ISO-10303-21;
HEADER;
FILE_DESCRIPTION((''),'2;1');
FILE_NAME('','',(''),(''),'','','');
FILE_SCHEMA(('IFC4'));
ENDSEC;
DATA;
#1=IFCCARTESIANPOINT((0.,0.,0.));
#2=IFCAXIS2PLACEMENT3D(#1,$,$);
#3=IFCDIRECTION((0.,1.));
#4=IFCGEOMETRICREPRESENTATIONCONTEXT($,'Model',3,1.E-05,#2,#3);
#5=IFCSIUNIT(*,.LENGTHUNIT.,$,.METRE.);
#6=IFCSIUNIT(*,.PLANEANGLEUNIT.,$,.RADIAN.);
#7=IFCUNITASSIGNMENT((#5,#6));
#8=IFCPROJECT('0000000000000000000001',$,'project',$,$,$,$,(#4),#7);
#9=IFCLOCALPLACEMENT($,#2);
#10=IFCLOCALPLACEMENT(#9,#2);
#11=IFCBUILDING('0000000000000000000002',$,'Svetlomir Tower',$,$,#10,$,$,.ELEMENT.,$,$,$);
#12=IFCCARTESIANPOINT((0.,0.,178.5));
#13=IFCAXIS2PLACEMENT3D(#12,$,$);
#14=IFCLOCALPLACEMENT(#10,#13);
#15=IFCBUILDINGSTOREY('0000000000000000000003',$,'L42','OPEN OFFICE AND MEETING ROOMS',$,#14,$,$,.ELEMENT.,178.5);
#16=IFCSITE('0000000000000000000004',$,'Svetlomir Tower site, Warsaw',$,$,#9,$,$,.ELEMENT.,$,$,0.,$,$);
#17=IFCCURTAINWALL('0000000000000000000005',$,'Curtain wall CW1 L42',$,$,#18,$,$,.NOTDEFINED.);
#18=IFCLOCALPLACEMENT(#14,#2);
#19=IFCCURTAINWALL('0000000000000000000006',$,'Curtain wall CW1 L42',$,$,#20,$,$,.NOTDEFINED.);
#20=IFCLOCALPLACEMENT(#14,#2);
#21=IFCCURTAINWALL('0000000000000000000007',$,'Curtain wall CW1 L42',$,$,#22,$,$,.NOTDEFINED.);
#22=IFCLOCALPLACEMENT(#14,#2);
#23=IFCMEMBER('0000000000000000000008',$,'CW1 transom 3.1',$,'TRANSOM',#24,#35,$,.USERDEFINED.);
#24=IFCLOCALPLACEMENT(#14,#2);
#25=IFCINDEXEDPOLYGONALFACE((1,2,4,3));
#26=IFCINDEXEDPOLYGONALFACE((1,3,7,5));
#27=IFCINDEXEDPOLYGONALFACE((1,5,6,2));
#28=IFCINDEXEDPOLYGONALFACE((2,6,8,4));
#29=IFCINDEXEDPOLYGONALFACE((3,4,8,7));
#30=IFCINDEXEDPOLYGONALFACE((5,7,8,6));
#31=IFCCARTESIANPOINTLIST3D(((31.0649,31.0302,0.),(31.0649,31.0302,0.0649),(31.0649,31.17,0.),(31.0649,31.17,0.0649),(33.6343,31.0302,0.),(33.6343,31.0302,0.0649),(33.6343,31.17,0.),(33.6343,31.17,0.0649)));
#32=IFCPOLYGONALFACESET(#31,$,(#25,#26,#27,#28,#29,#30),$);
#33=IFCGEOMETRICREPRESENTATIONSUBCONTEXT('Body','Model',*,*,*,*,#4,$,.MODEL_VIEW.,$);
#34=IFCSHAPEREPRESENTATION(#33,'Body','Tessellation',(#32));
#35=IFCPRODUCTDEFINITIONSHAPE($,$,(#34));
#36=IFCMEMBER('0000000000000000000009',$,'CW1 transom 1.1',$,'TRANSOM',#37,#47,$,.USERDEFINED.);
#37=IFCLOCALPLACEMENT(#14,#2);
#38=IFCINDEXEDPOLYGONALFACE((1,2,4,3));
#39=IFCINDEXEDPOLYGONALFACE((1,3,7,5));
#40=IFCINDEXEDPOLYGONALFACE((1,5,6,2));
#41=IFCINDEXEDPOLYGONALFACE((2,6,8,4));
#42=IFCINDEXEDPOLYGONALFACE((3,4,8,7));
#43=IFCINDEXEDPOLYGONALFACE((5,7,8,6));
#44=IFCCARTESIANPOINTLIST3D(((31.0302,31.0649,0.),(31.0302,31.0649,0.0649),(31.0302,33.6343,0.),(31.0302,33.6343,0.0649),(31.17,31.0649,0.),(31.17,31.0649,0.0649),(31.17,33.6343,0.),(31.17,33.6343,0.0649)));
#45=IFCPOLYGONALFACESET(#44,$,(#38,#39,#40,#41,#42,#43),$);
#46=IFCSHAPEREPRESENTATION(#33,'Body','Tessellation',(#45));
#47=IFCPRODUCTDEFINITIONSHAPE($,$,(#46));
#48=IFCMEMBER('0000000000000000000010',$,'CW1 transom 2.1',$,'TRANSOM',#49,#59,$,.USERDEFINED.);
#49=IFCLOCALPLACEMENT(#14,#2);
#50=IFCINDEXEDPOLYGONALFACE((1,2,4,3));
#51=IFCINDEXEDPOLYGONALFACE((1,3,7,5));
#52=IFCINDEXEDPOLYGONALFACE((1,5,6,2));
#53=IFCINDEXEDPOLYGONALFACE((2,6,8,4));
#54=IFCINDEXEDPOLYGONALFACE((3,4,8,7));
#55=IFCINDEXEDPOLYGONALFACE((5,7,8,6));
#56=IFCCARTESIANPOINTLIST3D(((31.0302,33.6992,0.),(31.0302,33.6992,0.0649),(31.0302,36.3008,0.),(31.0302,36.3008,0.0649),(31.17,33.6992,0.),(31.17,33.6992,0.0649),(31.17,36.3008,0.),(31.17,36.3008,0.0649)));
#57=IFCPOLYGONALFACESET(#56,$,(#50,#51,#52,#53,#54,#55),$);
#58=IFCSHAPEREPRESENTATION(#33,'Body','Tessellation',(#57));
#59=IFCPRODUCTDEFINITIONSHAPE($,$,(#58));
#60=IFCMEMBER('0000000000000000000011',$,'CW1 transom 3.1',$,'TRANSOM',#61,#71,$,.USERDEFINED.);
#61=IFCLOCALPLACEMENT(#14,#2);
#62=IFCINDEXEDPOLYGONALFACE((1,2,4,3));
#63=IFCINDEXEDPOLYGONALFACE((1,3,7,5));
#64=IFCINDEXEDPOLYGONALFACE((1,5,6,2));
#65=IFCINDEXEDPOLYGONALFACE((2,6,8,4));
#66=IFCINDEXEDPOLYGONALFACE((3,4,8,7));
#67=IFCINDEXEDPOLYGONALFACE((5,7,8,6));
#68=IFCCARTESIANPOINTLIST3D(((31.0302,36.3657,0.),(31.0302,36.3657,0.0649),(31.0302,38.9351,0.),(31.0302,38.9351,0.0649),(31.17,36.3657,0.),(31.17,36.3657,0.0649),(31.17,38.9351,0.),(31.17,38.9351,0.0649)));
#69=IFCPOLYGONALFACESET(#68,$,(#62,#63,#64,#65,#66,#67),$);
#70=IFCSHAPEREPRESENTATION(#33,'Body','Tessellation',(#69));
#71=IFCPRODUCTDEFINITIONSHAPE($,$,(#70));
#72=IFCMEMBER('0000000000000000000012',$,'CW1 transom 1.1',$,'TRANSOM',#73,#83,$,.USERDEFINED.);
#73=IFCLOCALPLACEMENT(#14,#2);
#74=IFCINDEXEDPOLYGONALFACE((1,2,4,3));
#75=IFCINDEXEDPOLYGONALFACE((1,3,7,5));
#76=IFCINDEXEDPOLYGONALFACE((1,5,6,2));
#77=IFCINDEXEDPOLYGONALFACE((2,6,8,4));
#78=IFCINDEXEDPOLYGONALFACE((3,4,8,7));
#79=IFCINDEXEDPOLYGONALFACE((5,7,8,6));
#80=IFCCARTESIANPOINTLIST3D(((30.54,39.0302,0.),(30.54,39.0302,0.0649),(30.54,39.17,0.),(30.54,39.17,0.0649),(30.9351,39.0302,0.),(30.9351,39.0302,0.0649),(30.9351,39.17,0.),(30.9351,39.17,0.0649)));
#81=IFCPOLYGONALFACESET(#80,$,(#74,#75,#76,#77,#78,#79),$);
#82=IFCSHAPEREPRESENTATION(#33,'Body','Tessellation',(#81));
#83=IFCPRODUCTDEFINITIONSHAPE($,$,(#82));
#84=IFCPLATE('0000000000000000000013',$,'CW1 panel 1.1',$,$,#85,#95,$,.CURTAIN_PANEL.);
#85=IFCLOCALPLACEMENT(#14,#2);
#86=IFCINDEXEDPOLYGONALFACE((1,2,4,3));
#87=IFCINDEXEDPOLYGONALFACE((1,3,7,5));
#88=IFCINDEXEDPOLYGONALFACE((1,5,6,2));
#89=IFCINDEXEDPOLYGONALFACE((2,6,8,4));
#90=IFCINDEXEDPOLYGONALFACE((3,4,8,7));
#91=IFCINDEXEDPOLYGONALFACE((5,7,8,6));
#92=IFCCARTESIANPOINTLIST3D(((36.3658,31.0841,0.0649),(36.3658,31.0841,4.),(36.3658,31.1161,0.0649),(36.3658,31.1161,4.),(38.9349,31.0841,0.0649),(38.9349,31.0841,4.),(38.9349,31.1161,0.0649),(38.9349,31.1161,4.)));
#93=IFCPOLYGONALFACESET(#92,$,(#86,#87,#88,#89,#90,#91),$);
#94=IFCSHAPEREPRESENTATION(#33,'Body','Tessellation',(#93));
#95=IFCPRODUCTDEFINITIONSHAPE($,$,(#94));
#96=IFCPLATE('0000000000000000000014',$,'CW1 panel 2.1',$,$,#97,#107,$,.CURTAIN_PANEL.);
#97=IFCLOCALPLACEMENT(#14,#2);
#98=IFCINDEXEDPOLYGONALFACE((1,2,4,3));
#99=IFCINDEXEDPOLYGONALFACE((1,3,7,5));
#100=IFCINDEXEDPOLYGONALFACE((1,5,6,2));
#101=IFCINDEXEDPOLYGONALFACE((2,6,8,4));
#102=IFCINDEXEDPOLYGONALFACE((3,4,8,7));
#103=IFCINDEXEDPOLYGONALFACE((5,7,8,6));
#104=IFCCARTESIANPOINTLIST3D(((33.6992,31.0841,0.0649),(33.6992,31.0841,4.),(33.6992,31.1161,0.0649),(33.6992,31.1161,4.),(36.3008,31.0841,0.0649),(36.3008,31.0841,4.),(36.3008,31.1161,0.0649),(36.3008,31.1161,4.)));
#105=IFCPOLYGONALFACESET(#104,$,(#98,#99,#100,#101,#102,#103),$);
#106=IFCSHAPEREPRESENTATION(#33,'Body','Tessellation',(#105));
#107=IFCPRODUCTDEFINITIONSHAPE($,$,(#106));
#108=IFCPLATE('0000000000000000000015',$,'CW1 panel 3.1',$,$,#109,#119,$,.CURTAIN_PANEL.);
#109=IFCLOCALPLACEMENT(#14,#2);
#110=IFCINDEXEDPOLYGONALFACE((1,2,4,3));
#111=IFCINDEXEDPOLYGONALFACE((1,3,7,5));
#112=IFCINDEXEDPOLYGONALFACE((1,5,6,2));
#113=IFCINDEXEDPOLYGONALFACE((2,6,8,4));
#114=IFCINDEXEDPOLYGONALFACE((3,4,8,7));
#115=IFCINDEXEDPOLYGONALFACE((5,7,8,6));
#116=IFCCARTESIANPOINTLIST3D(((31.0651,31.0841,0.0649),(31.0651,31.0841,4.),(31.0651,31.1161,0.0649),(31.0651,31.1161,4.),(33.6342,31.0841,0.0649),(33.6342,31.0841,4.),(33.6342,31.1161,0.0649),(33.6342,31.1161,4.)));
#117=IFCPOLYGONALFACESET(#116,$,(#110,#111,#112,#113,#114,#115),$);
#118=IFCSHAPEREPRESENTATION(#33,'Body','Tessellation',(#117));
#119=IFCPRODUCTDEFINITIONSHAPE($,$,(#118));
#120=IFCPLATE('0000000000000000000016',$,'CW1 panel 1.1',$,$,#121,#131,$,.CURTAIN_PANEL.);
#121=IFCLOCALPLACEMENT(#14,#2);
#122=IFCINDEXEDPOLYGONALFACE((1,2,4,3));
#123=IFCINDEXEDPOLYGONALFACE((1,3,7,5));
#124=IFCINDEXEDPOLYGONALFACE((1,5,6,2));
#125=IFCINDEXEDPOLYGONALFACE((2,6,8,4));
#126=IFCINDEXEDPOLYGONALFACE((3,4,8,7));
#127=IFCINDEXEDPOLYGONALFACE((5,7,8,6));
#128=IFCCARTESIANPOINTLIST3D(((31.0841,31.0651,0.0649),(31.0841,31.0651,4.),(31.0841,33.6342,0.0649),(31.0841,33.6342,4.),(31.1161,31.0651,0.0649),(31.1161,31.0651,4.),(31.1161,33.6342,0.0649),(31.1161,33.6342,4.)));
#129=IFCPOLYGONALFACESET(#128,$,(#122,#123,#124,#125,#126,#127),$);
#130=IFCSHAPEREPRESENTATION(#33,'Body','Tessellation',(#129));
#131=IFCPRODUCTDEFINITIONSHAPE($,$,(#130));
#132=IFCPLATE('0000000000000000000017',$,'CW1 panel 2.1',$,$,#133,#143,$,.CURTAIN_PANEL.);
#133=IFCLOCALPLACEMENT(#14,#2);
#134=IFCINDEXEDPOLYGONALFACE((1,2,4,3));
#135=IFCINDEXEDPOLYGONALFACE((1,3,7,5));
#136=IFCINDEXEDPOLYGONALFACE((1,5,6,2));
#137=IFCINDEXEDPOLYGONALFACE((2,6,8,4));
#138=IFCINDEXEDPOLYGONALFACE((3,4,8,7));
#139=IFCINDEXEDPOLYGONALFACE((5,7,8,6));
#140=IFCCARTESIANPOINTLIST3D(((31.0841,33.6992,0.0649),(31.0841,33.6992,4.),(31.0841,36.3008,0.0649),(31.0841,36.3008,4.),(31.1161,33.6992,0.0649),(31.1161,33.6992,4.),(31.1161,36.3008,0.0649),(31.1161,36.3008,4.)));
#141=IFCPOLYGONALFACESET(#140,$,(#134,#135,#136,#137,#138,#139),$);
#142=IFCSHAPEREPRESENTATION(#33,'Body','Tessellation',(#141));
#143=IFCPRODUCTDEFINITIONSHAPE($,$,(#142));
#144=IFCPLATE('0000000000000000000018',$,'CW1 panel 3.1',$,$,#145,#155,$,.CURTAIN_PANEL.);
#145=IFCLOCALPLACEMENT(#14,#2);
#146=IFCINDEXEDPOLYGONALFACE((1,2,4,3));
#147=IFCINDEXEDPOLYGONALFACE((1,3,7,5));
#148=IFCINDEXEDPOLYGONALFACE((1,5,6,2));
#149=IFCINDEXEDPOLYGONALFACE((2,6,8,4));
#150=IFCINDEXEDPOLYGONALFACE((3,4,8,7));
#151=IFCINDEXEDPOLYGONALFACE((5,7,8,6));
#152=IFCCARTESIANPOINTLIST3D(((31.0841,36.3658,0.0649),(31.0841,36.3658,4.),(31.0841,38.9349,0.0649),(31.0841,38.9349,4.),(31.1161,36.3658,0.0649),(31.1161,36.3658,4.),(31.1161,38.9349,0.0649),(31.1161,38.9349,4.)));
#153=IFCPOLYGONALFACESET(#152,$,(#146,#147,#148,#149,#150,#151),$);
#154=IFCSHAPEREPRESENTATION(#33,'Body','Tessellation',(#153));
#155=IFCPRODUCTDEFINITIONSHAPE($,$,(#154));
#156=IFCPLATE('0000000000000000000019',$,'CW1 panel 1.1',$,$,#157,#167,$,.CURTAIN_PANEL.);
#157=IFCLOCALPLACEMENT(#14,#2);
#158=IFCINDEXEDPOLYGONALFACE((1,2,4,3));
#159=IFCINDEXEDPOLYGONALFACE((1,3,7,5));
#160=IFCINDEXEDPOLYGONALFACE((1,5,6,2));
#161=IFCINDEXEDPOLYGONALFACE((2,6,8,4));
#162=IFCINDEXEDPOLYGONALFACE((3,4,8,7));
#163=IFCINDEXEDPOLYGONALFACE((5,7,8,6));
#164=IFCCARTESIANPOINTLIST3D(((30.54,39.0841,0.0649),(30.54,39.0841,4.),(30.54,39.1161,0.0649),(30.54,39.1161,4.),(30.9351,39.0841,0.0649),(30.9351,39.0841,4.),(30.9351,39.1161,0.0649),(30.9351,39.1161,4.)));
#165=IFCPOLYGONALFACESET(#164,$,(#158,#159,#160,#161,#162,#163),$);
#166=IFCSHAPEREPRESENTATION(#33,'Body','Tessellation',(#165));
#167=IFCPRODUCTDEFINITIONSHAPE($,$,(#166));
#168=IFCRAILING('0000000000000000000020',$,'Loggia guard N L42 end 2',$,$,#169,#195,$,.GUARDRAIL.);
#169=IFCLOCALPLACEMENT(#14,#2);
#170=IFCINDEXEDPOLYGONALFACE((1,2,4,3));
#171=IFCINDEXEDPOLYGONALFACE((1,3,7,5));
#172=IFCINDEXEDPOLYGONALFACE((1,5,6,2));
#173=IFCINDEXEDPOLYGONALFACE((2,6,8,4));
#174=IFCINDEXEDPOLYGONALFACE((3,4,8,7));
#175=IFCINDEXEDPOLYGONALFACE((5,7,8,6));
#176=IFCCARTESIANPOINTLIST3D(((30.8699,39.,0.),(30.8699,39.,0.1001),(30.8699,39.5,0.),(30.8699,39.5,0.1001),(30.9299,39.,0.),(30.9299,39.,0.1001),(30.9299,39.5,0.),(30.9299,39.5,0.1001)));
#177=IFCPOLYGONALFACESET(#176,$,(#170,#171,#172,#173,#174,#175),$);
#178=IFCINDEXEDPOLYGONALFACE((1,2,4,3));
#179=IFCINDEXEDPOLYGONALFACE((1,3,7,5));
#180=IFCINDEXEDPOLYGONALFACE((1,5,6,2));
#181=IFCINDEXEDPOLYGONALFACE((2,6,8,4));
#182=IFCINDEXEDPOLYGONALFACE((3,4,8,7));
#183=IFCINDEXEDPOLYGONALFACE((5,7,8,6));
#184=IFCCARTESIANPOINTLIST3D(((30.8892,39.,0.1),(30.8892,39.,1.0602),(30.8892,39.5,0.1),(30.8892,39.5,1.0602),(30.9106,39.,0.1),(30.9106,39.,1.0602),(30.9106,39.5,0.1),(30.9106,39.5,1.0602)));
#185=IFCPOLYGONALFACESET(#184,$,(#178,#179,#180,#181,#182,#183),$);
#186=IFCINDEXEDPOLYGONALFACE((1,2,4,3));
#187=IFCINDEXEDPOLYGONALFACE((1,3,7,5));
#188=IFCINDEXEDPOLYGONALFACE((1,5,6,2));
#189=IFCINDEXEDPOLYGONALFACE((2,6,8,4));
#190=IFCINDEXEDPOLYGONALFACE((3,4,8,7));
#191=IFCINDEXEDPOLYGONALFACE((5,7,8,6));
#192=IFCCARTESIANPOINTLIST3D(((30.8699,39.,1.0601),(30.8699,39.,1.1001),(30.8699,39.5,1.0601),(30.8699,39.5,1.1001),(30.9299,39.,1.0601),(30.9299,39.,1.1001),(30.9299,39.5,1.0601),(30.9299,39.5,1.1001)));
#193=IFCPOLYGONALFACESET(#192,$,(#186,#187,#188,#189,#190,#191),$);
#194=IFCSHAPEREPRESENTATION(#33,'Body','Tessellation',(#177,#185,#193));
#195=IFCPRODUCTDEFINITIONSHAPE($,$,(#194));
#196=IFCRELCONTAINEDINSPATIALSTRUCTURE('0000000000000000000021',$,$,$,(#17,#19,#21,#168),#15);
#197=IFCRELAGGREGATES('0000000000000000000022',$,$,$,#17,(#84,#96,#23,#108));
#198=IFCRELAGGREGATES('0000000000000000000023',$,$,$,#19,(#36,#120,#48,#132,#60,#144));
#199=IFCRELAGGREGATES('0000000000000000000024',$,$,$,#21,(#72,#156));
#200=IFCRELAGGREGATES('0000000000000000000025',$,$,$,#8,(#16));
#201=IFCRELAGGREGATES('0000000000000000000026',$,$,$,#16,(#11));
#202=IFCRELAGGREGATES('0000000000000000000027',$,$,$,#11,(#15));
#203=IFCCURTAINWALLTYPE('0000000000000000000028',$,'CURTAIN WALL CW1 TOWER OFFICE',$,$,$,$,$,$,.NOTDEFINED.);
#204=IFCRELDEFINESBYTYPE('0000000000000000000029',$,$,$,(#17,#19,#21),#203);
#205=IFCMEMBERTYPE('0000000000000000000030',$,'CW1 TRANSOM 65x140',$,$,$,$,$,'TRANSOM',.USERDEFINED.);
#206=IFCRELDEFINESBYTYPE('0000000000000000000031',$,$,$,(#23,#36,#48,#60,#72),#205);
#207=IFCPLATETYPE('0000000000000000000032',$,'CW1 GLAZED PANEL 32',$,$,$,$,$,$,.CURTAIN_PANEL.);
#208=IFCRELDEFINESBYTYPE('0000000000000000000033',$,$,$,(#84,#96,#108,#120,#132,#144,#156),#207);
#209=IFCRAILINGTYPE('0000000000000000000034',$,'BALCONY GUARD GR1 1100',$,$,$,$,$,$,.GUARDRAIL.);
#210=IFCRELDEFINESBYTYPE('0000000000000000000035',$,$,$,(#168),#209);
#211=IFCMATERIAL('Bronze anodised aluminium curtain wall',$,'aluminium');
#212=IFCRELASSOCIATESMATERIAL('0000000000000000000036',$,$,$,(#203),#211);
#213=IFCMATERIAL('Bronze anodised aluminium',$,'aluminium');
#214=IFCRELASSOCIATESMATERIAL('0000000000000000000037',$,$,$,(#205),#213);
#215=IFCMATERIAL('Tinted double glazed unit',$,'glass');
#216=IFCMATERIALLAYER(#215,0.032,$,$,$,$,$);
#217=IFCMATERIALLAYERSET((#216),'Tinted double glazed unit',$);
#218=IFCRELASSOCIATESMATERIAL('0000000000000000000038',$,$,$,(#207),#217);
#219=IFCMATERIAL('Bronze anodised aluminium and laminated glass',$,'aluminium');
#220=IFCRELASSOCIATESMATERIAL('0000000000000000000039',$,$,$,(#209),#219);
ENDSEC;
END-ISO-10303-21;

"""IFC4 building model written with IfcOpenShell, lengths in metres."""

from ifc_helpers import new_model, si_unit, direction, frame, origin, origin_2d, place, context, subcontext, project, spatial, rectangle, extrude, material, layer, layer_set, material_profile, profile_set, type_object, element, aggregate, save


model = new_model("IFC4")

# Units and contexts
model_context = context("Model", 3, precision=1e-05, world=origin(), true_north=direction((0.0, 1.0)))
body_context = subcontext(model_context, "Body", "Model", "MODEL_VIEW")
ifc_project = project(units=[si_unit("LENGTHUNIT", "METRE"), si_unit("PLANEANGLEUNIT", "RADIAN")], contexts=[model_context])

# Site, building, storey
site_placement = place(None, origin())
site = spatial("IfcSite", under=ifc_project, at=site_placement, Name="Svetlomir Tower site, Warsaw", CompositionType="ELEMENT", RefElevation=0.0)
building_placement = place(site_placement, origin())
building = spatial("IfcBuilding", under=site, at=building_placement, Name="Svetlomir Tower", CompositionType="ELEMENT")
storey_placement = place(building_placement, frame((0.0, 0.0, 178.5)))
storey = spatial("IfcBuildingStorey", under=building, at=storey_placement, Name="L42", Description="OPEN OFFICE AND MEETING ROOMS", CompositionType="ELEMENT", Elevation=178.5)

# Curtain walls
ifc_material_1 = material(Name="Bronze anodised aluminium curtain wall", Category="aluminium")
curtain_wall_type = type_object("IfcCurtainWallType", Name="CURTAIN WALL CW1 TOWER OFFICE", PredefinedType="NOTDEFINED", material=ifc_material_1)
curtain_wall_1_placement = place(storey_placement, origin())
curtain_wall_1 = element("IfcCurtainWall", 1, at=curtain_wall_1_placement, inside=storey, type_object=curtain_wall_type, Name="Curtain wall CW1 L42", PredefinedType="NOTDEFINED")
curtain_wall_2_placement = place(storey_placement, origin())
curtain_wall_2 = element("IfcCurtainWall", 2, at=curtain_wall_2_placement, inside=storey, type_object=curtain_wall_type, Name="Curtain wall CW1 L42", PredefinedType="NOTDEFINED")

# Curtain wall
curtain_wall_3_placement = place(storey_placement, origin())
curtain_wall_3 = element("IfcCurtainWall", 3, at=curtain_wall_3_placement, inside=storey, type_object=curtain_wall_type, Name="Curtain wall CW1 L42", PredefinedType="NOTDEFINED")

# Members
ifc_material_2 = material(Name="Bronze anodised aluminium", Category="aluminium")
ifc_material_profile_1 = material_profile(ifc_material_2, rectangle(XDim=0.1399, YDim=0.0649, at=origin_2d()), Name="AL 140x65")
ifc_profile_set_1 = profile_set([ifc_material_profile_1], Name="Bronze anodised aluminium 6063-T6")
member_type_1 = type_object("IfcMemberType", Name="CW1 TRANSOM 65x140", ElementType="TRANSOM", PredefinedType="USERDEFINED", material=ifc_profile_set_1)
member_1_placement = place(storey_placement, frame((33.6343, 31.1001, 0.0325), z_axis=(-1.0, 0.0, 0.0), x_axis=(0.0, -1.0, 0.0)))
member_1 = element("IfcMember", 4, at=member_1_placement, type_object=member_type_1, Name="CW1 transom 3.1", ObjectType="TRANSOM", PredefinedType="USERDEFINED", context=body_context, shape_type="SweptSolid", body=[
    extrude(rectangle(XDim=0.1399, YDim=0.0649, at=origin_2d()), origin(), (0.0, 0.0, 1.0), 2.5693),
])
member_2_placement = place(storey_placement, frame((31.1001, 31.0649, 0.0325), z_axis=(0.0, 1.0, 0.0), x_axis=(-1.0, 0.0, 0.0)))
member_2 = element("IfcMember", 5, at=member_2_placement, type_object=member_type_1, Name="CW1 transom 1.1", ObjectType="TRANSOM", PredefinedType="USERDEFINED", context=body_context, shape_type="SweptSolid", body=[
    extrude(rectangle(XDim=0.1399, YDim=0.0649, at=origin_2d()), origin(), (0.0, 0.0, 1.0), 2.5693),
])
member_3_placement = place(storey_placement, frame((31.1001, 33.6992, 0.0325), z_axis=(0.0, 1.0, 0.0), x_axis=(-1.0, 0.0, 0.0)))
member_3 = element("IfcMember", 6, at=member_3_placement, type_object=member_type_1, Name="CW1 transom 2.1", ObjectType="TRANSOM", PredefinedType="USERDEFINED", context=body_context, shape_type="SweptSolid", body=[
    extrude(rectangle(XDim=0.1399, YDim=0.0649, at=origin_2d()), origin(), (0.0, 0.0, 1.0), 2.6016),
])
member_4_placement = place(storey_placement, frame((31.1001, 36.3657, 0.0325), z_axis=(0.0, 1.0, 0.0), x_axis=(-1.0, 0.0, 0.0)))
member_4 = element("IfcMember", 7, at=member_4_placement, type_object=member_type_1, Name="CW1 transom 3.1", ObjectType="TRANSOM", PredefinedType="USERDEFINED", context=body_context, shape_type="SweptSolid", body=[
    extrude(rectangle(XDim=0.1399, YDim=0.0649, at=origin_2d()), origin(), (0.0, 0.0, 1.0), 2.5693),
])
member_5_placement = place(storey_placement, frame((30.9351, 39.1001, 0.0325), z_axis=(-1.0, 0.0, 0.0), x_axis=(0.0, -1.0, 0.0)))
member_5 = element("IfcMember", 8, at=member_5_placement, type_object=member_type_1, Name="CW1 transom 1.1", ObjectType="TRANSOM", PredefinedType="USERDEFINED", context=body_context, shape_type="SweptSolid", body=[
    extrude(rectangle(XDim=0.1399, YDim=0.0649, at=origin_2d()), origin(), (0.0, 0.0, 1.0), 0.395),
])

# Plates
ifc_material_3 = material(Name="Tinted double glazed unit", Category="glass")
ifc_layer = layer(ifc_material_3, 0.032)
ifc_layer_set = layer_set([ifc_layer], Name="Tinted double glazed unit")
plate_type = type_object("IfcPlateType", Name="CW1 GLAZED PANEL 32", PredefinedType="CURTAIN_PANEL", material=ifc_layer_set)
plate_1_placement = place(storey_placement, frame((37.6504, 31.1001, 0.0649), z_axis=(0.0, 0.0, 1.0), x_axis=(-1.0, 0.0, 0.0)))
plate_1 = element("IfcPlate", 9, at=plate_1_placement, type_object=plate_type, Name="CW1 panel 1.1", PredefinedType="CURTAIN_PANEL", context=body_context, shape_type="SweptSolid", body=[
    extrude(rectangle(XDim=2.5691, YDim=0.032, at=origin_2d()), origin(), (0.0, 0.0, 1.0), 3.9351),
])
plate_2_placement = place(storey_placement, frame((35.0, 31.1001, 0.0649), z_axis=(0.0, 0.0, 1.0), x_axis=(-1.0, 0.0, 0.0)))
plate_2 = element("IfcPlate", 10, at=plate_2_placement, type_object=plate_type, Name="CW1 panel 2.1", PredefinedType="CURTAIN_PANEL", context=body_context, shape_type="SweptSolid", body=[
    extrude(rectangle(XDim=2.6016, YDim=0.032, at=origin_2d()), origin(), (0.0, 0.0, 1.0), 3.9351),
])
plate_3_placement = place(storey_placement, frame((32.3496, 31.1001, 0.0649), z_axis=(0.0, 0.0, 1.0), x_axis=(-1.0, 0.0, 0.0)))
plate_3 = element("IfcPlate", 11, at=plate_3_placement, type_object=plate_type, Name="CW1 panel 3.1", PredefinedType="CURTAIN_PANEL", context=body_context, shape_type="SweptSolid", body=[
    extrude(rectangle(XDim=2.5691, YDim=0.032, at=origin_2d()), origin(), (0.0, 0.0, 1.0), 3.9351),
])
aggregate(curtain_wall_1, [plate_1, plate_2, member_1, plate_3])
plate_4_placement = place(storey_placement, frame((31.1001, 32.3496, 0.0649), z_axis=(0.0, 0.0, 1.0), x_axis=(0.0, 1.0, 0.0)))
plate_4 = element("IfcPlate", 12, at=plate_4_placement, type_object=plate_type, Name="CW1 panel 1.1", PredefinedType="CURTAIN_PANEL", context=body_context, shape_type="SweptSolid", body=[
    extrude(rectangle(XDim=2.5691, YDim=0.032, at=origin_2d()), origin(), (0.0, 0.0, 1.0), 3.9351),
])
plate_5_placement = place(storey_placement, frame((31.1001, 35.0, 0.0649), z_axis=(0.0, 0.0, 1.0), x_axis=(0.0, 1.0, 0.0)))
plate_5 = element("IfcPlate", 13, at=plate_5_placement, type_object=plate_type, Name="CW1 panel 2.1", PredefinedType="CURTAIN_PANEL", context=body_context, shape_type="SweptSolid", body=[
    extrude(rectangle(XDim=2.6016, YDim=0.032, at=origin_2d()), origin(), (0.0, 0.0, 1.0), 3.9351),
])
plate_6_placement = place(storey_placement, frame((31.1001, 37.6504, 0.0649), z_axis=(0.0, 0.0, 1.0), x_axis=(0.0, 1.0, 0.0)))
plate_6 = element("IfcPlate", 14, at=plate_6_placement, type_object=plate_type, Name="CW1 panel 3.1", PredefinedType="CURTAIN_PANEL", context=body_context, shape_type="SweptSolid", body=[
    extrude(rectangle(XDim=2.5691, YDim=0.032, at=origin_2d()), origin(), (0.0, 0.0, 1.0), 3.9351),
])
aggregate(curtain_wall_2, [member_2, plate_4, member_3, plate_5, member_4, plate_6])
plate_7_placement = place(storey_placement, frame((30.7375, 39.1001, 0.0649), z_axis=(0.0, 0.0, 1.0), x_axis=(-1.0, 0.0, 0.0)))
plate_7 = element("IfcPlate", 15, at=plate_7_placement, type_object=plate_type, Name="CW1 panel 1.1", PredefinedType="CURTAIN_PANEL", context=body_context, shape_type="SweptSolid", body=[
    extrude(rectangle(XDim=0.395, YDim=0.032, at=origin_2d()), origin(), (0.0, 0.0, 1.0), 3.9351),
])
aggregate(curtain_wall_3, [member_5, plate_7])

# Railing
ifc_material_4 = material(Name="Bronze anodised aluminium and laminated glass", Category="aluminium")
railing_type = type_object("IfcRailingType", Name="BALCONY GUARD GR1 1100", PredefinedType="GUARDRAIL", material=ifc_material_4)
railing_placement = place(storey_placement, frame((30.8999, 39.5, 0.0)))
element("IfcRailing", 16, at=railing_placement, inside=storey, type_object=railing_type, Name="Loggia guard N L42 end 2", PredefinedType="GUARDRAIL", context=body_context, shape_type="SweptSolid", body=[
    extrude(rectangle(XDim=0.0601, YDim=0.1001, at=origin_2d()), frame((0.0, 0.0, 0.05), z_axis=(0.0, -1.0, 0.0), x_axis=(1.0, 0.0, 0.0)), (0.0, 0.0, 1.0), 0.5),
    extrude(rectangle(XDim=0.0215, YDim=0.9602, at=origin_2d()), frame((0.0, 0.0, 0.5801), z_axis=(0.0, -1.0, 0.0), x_axis=(1.0, 0.0, 0.0)), (0.0, 0.0, 1.0), 0.5),
    extrude(rectangle(XDim=0.0601, YDim=0.04, at=origin_2d()), frame((0.0, 0.0, 1.0801), z_axis=(0.0, -1.0, 0.0), x_axis=(1.0, 0.0, 0.0)), (0.0, 0.0, 1.0), 0.5),
])

save(model, "model.ifc")
